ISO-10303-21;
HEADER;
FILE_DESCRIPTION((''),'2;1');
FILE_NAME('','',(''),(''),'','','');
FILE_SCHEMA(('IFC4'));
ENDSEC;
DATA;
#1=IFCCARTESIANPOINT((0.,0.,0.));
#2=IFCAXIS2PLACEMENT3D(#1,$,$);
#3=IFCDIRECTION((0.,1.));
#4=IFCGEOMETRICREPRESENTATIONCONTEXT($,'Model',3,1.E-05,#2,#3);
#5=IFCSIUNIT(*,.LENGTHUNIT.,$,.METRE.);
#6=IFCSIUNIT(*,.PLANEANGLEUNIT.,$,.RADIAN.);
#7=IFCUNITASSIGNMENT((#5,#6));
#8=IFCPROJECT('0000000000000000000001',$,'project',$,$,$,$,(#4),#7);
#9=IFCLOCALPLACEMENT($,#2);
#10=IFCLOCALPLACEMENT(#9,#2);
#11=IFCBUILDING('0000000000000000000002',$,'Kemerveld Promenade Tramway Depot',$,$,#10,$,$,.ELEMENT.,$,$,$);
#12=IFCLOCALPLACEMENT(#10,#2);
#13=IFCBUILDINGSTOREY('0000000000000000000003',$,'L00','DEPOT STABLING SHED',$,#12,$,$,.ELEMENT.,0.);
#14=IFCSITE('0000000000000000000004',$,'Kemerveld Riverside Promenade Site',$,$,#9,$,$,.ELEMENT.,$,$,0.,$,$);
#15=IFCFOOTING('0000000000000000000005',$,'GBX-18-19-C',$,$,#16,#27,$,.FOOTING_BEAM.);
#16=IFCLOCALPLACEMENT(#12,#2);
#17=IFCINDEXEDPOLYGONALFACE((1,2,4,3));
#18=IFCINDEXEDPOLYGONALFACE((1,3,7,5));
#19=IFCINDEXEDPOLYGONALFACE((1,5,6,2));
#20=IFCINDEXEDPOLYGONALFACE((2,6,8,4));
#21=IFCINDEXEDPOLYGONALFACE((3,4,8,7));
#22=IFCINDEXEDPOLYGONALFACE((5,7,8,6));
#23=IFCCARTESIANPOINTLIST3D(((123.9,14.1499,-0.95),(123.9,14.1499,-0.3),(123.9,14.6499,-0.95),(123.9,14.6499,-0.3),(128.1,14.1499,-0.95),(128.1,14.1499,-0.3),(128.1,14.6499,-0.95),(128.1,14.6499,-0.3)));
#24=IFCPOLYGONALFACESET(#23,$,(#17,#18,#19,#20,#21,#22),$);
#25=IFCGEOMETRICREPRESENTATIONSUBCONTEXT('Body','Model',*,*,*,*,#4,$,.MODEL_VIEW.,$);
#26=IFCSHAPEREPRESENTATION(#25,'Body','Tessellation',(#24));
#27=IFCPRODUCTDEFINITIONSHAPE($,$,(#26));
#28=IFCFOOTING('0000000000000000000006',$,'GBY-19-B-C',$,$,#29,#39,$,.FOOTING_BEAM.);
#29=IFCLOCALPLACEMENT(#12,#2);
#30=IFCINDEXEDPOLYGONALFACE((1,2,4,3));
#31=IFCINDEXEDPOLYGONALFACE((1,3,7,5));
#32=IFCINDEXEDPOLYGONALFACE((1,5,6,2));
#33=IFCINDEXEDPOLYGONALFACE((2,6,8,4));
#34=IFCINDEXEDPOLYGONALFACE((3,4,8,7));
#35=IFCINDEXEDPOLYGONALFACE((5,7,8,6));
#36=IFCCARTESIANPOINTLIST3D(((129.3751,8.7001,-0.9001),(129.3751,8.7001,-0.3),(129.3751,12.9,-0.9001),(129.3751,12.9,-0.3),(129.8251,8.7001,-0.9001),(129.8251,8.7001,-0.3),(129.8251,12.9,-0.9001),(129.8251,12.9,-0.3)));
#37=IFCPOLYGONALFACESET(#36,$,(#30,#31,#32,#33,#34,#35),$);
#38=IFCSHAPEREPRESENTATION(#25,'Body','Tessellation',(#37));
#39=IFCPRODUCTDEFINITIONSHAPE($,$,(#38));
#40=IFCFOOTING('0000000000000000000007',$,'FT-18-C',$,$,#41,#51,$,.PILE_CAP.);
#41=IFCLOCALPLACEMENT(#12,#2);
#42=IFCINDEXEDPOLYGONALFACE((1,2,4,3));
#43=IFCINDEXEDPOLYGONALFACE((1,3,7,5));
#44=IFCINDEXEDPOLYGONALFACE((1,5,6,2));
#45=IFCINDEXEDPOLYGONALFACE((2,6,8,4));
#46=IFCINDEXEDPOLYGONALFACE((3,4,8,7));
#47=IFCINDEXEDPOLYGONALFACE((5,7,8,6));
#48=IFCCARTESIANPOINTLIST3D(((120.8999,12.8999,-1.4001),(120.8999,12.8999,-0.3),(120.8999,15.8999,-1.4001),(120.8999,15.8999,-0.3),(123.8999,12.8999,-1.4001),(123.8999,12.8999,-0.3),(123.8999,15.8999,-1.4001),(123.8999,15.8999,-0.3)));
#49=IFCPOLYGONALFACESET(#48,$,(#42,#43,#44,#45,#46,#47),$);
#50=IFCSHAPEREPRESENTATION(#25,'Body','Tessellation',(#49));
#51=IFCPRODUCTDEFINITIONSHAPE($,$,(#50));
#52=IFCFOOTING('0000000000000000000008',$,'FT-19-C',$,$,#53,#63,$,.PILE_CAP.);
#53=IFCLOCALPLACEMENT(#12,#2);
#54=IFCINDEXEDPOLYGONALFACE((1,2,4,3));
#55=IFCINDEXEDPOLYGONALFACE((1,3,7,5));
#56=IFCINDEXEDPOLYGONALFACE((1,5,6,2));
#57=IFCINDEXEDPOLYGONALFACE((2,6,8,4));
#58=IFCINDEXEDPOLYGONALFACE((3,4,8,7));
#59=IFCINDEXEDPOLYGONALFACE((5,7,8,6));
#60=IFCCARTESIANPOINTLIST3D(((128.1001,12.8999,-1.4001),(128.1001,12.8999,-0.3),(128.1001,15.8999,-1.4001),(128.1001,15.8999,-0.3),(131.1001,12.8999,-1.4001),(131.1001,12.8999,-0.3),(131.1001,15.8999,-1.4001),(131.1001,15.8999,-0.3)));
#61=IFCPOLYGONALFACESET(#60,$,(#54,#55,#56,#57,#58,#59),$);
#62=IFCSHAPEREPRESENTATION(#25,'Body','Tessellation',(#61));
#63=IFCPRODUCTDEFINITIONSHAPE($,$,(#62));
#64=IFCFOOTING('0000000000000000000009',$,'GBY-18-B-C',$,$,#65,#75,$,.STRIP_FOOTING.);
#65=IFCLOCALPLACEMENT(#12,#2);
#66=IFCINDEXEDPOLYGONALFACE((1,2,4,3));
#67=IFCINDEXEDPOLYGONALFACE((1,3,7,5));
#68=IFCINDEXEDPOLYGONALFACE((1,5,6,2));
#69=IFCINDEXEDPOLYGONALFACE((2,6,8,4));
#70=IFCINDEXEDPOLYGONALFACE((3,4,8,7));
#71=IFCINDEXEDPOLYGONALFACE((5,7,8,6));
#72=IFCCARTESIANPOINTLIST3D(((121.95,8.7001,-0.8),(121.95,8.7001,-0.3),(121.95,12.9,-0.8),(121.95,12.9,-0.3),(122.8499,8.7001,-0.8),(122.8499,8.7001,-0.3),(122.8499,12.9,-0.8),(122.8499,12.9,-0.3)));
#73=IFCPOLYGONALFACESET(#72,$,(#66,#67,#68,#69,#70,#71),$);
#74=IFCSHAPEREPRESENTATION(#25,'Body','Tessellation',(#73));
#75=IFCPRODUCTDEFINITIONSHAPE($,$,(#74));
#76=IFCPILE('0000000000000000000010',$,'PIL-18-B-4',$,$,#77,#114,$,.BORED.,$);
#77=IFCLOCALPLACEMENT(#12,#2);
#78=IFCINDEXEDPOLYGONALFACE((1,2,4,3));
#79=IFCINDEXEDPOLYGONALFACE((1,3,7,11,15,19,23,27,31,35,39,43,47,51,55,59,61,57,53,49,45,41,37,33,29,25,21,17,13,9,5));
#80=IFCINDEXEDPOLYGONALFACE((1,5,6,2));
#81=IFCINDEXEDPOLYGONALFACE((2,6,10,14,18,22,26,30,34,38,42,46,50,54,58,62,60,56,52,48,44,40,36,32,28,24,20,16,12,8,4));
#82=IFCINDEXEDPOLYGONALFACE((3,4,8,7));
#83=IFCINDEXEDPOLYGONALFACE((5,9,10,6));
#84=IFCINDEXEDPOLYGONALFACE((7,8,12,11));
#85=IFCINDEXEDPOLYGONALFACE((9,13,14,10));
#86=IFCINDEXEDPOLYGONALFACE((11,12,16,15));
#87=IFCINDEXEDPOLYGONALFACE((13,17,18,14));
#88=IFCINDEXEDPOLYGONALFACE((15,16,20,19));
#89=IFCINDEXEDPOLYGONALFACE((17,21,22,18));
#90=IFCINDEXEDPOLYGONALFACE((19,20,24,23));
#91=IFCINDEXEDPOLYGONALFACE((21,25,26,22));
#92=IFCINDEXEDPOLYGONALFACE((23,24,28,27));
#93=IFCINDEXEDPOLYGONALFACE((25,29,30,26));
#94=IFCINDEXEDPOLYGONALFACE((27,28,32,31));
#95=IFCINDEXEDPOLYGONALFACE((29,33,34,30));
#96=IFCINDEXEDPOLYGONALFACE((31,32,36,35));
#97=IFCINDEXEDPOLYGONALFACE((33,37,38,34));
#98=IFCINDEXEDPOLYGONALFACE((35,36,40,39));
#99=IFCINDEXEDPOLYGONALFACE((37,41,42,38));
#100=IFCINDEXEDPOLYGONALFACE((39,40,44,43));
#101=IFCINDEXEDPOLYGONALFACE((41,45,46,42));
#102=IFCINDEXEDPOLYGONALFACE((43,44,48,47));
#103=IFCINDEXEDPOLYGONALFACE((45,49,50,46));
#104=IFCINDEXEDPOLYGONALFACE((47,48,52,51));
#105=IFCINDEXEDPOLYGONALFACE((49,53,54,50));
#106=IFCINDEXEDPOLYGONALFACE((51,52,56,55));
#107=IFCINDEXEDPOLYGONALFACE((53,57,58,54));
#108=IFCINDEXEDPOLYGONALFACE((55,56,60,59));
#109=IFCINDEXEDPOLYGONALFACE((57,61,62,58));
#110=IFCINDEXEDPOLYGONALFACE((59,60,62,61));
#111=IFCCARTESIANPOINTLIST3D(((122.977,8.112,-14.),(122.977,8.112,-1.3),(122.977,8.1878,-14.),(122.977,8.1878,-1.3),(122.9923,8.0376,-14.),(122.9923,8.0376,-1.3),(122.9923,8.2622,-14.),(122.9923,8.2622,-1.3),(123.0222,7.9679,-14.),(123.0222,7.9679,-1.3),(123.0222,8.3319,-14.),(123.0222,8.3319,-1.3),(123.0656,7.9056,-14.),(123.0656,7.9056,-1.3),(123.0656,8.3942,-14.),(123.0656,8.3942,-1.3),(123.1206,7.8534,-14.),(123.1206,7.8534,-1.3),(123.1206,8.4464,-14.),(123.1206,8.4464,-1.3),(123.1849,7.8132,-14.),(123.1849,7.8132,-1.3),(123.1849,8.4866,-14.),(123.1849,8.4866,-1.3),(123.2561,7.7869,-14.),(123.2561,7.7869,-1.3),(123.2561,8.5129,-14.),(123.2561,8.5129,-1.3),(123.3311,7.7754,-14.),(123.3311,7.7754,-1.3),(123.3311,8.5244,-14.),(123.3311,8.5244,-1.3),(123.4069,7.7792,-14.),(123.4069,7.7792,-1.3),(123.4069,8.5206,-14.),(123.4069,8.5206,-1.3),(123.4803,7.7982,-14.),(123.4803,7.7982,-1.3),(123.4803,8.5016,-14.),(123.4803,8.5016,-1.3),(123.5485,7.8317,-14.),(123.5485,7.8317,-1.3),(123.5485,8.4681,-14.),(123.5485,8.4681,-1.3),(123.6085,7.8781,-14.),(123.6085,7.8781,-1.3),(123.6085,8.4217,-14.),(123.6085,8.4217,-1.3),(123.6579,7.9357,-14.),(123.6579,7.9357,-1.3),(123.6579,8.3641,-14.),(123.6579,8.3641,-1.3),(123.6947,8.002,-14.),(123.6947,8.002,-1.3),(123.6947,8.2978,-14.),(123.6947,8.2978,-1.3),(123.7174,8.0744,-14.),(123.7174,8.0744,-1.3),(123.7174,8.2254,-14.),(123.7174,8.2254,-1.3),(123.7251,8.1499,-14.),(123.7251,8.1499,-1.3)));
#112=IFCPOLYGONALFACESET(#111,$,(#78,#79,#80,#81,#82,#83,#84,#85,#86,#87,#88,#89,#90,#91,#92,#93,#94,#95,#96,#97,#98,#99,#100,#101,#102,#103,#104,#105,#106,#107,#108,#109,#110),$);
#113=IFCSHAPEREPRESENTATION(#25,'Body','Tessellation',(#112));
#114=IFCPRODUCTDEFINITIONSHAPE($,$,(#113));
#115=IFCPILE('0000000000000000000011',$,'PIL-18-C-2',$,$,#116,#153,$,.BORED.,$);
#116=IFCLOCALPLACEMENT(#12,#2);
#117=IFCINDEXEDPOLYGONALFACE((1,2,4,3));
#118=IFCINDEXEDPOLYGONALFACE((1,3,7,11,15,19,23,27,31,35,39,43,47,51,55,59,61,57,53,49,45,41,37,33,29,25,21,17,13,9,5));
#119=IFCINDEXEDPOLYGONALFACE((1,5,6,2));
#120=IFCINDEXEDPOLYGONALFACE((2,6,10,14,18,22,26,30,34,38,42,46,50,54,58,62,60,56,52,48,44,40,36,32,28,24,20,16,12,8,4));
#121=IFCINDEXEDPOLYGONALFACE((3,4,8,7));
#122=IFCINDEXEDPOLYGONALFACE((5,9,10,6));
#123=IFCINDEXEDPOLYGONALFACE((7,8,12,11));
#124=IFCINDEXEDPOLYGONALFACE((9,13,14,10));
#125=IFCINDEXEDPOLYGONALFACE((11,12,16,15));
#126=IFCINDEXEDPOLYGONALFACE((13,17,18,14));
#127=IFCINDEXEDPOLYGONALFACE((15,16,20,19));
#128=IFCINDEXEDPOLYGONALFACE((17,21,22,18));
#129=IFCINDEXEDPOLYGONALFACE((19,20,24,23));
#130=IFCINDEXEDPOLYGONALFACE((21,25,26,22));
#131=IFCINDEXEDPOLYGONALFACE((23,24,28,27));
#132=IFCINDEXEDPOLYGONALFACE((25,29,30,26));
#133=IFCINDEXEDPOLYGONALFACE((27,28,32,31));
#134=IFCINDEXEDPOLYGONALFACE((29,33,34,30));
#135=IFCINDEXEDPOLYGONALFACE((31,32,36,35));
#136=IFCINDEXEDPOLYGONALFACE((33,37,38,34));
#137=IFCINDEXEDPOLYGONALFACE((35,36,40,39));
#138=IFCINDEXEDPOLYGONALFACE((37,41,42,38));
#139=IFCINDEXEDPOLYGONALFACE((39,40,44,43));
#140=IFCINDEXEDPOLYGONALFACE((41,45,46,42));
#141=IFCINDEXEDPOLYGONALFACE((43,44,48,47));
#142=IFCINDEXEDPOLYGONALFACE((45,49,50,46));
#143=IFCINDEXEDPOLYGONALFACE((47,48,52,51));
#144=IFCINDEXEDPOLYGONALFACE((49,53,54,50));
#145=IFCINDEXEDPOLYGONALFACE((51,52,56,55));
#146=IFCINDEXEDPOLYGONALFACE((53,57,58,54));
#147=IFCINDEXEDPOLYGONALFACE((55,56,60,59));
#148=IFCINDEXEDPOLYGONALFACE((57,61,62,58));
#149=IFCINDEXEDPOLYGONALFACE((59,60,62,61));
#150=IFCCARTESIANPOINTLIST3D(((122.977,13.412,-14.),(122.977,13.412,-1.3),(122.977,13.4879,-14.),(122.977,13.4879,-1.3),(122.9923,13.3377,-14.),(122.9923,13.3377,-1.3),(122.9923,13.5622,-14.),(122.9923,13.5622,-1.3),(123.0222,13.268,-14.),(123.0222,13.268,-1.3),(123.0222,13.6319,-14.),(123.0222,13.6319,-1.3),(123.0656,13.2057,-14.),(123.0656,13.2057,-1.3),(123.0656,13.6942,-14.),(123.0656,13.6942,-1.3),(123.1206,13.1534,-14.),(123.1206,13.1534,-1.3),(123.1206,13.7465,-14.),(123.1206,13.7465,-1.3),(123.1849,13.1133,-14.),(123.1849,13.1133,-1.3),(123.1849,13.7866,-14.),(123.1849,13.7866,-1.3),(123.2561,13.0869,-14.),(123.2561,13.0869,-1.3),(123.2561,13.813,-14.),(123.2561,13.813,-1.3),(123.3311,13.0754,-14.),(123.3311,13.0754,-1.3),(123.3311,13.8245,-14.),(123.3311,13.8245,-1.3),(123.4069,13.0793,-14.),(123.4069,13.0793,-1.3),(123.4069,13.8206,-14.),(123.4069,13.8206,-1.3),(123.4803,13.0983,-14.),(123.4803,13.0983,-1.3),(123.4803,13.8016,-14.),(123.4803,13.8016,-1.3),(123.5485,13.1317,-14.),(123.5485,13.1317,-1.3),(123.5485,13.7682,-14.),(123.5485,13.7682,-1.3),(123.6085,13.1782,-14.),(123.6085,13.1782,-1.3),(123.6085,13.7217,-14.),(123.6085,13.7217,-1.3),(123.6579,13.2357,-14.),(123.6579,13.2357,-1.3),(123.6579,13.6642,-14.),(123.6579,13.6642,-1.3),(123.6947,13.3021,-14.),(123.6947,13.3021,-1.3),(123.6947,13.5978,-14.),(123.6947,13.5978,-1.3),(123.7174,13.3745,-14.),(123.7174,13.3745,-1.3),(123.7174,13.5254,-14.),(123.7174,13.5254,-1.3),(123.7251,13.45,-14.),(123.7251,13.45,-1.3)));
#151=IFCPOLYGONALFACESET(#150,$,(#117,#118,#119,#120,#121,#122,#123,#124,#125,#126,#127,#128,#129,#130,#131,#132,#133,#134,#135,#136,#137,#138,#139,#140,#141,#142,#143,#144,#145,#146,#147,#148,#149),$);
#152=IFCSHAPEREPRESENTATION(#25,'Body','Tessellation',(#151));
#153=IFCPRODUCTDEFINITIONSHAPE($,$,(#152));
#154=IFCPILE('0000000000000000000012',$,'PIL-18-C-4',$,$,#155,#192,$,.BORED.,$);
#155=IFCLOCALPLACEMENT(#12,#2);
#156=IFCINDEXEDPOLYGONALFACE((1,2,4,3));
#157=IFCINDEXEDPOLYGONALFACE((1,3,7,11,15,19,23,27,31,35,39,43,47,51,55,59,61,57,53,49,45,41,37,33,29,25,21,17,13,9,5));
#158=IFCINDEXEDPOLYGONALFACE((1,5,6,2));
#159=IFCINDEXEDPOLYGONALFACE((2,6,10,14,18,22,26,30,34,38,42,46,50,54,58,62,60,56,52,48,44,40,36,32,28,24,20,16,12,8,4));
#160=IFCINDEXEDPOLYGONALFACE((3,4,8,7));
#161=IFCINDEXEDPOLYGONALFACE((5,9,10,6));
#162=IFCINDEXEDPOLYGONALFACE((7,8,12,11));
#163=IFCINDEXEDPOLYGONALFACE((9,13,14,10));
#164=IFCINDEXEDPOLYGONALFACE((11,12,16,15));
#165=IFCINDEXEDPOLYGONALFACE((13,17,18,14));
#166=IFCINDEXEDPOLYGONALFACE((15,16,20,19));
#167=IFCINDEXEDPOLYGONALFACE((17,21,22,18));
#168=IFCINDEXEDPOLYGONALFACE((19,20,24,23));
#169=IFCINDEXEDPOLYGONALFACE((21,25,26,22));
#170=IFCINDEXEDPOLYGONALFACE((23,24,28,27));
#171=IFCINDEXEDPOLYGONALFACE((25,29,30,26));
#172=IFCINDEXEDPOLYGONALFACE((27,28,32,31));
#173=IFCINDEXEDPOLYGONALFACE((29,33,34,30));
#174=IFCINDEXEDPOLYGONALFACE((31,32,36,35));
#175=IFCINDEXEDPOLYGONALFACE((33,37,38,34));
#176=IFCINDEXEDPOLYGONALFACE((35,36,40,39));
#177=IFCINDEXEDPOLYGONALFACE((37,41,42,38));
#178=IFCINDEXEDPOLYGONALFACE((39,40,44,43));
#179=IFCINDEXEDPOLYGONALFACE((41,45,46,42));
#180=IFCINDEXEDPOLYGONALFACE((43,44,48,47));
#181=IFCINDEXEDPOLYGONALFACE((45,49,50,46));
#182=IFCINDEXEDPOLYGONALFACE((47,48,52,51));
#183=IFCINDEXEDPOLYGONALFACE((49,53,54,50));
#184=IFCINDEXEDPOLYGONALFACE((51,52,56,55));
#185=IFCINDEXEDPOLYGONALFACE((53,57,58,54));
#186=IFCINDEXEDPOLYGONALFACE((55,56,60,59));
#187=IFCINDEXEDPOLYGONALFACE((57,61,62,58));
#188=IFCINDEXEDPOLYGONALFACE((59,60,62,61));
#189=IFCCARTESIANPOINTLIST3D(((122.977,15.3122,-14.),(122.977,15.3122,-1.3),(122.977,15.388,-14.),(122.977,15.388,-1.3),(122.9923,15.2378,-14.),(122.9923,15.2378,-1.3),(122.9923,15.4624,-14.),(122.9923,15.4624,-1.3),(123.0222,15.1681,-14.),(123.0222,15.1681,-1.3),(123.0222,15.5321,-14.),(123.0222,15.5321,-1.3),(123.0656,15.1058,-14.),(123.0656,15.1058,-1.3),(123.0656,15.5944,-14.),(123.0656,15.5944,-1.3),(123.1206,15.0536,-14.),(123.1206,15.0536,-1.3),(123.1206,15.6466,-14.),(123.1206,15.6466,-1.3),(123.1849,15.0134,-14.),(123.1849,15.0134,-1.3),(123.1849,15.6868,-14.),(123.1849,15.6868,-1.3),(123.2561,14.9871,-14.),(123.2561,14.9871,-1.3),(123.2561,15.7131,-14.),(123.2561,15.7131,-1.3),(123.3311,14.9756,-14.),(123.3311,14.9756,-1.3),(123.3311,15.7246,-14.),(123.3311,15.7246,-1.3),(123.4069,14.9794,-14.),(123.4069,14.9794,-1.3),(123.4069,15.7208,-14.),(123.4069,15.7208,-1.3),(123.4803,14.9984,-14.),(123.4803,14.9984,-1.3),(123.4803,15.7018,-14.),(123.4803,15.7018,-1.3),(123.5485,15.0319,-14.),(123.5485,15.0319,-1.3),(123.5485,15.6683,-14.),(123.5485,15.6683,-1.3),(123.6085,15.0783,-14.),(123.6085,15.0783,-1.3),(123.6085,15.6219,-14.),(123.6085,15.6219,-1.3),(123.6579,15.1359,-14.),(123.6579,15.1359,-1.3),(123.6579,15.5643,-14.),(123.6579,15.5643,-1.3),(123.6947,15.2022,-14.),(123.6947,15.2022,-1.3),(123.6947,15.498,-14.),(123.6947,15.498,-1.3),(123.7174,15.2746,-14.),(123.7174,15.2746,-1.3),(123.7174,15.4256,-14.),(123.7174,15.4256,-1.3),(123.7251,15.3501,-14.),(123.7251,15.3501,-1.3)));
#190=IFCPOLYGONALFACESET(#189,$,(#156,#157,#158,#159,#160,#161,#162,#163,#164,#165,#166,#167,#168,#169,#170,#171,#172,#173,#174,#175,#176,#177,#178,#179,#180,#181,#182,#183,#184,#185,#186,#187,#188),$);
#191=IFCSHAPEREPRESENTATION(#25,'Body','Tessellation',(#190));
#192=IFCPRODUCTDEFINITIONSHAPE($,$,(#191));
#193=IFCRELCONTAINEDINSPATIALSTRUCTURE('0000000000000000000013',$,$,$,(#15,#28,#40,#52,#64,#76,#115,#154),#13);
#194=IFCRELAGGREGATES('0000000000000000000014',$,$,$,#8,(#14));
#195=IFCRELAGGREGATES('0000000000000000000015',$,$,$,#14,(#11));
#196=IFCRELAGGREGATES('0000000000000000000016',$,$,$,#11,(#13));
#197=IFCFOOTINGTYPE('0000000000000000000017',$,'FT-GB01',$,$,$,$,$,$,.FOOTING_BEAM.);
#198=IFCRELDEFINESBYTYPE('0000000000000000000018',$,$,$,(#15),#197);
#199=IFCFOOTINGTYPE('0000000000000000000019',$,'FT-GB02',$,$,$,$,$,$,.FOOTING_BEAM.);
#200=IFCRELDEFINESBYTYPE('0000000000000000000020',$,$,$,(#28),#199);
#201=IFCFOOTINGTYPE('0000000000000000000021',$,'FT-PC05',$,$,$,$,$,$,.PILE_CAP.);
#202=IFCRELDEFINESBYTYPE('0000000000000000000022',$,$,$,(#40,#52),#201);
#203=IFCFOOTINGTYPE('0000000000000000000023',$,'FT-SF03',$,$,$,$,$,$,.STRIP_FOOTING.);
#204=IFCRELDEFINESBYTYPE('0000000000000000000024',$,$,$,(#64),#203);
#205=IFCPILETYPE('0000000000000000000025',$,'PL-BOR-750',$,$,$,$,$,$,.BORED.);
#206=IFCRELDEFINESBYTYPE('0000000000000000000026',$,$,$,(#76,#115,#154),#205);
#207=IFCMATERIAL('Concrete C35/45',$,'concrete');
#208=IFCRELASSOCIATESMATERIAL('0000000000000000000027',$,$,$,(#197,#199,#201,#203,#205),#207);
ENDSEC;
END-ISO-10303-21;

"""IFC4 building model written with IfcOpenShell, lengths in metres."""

from ifc_helpers import new_model, si_unit, direction, frame, origin, origin_2d, place, context, subcontext, project, spatial, rectangle, circle, extrude, material, material_profile, profile_set, type_object, element, save


model = new_model("IFC4")

# Units and contexts
model_context = context("Model", 3, precision=1e-05, world=origin(), true_north=direction((0.0, 1.0)))
body_context = subcontext(model_context, "Body", "Model", "MODEL_VIEW")
ifc_project = project(units=[si_unit("LENGTHUNIT", "METRE"), si_unit("PLANEANGLEUNIT", "RADIAN")], contexts=[model_context])

# Site, building, storey
site_placement = place(None, origin())
site = spatial("IfcSite", under=ifc_project, at=site_placement, Name="Kemerveld Riverside Promenade Site", CompositionType="ELEMENT", RefElevation=0.0)
building_placement = place(site_placement, origin())
building = spatial("IfcBuilding", under=site, at=building_placement, Name="Kemerveld Promenade Tramway Depot", CompositionType="ELEMENT")
storey_placement = place(building_placement, origin())
storey = spatial("IfcBuildingStorey", under=building, at=storey_placement, Name="L00", Description="DEPOT STABLING SHED", CompositionType="ELEMENT", Elevation=0.0)

# Footings
ifc_material_1 = material(Name="Concrete C35/45", Category="concrete")
footing_type_1 = type_object("IfcFootingType", Name="FT-GB01", PredefinedType="FOOTING_BEAM", material=ifc_material_1)
footing_1_placement = place(storey_placement, frame((126.0, 14.3999, -0.95), z_axis=(0.0, 0.0, 1.0), x_axis=(1.0, 0.0, 0.0)))
element("IfcFooting", 1, at=footing_1_placement, inside=storey, type_object=footing_type_1, Name="GBX-18-19-C", PredefinedType="FOOTING_BEAM", context=body_context, shape_type="SweptSolid", body=[
    extrude(rectangle(XDim=4.2, YDim=0.5, at=origin_2d()), origin(), (0.0, 0.0, 1.0), 0.6499),
])
footing_type_2 = type_object("IfcFootingType", Name="FT-GB02", PredefinedType="FOOTING_BEAM", material=ifc_material_1)
footing_2_placement = place(storey_placement, frame((129.6001, 10.8, -0.9001), z_axis=(0.0, 0.0, 1.0), x_axis=(0.0, 1.0, 0.0)))
element("IfcFooting", 2, at=footing_2_placement, inside=storey, type_object=footing_type_2, Name="GBY-19-B-C", PredefinedType="FOOTING_BEAM", context=body_context, shape_type="SweptSolid", body=[
    extrude(rectangle(XDim=4.2, YDim=0.45, at=origin_2d()), origin(), (0.0, 0.0, 1.0), 0.6001),
])
footing_type_3 = type_object("IfcFootingType", Name="FT-PC05", PredefinedType="PILE_CAP", material=ifc_material_1)
for number, where, z_axis, x_axis, name in (
    (3, (122.3999, 14.3999, -1.4001), (0.0, 0.0, 1.0), (1.0, 0.0, 0.0), "FT-18-C"),
    (4, (129.6001, 14.3999, -1.4001), (0.0, 0.0, 1.0), (1.0, 0.0, 0.0), "FT-19-C"),
):
    element("IfcFooting", number, at=place(storey_placement, frame(where, z_axis=z_axis, x_axis=x_axis)), inside=storey, type_object=footing_type_3, Name=name, PredefinedType="PILE_CAP", context=body_context, shape_type="SweptSolid", body=[
        extrude(rectangle(XDim=3.0, YDim=3.0, at=origin_2d()), origin(), (0.0, 0.0, 1.0), 1.1001),
    ])
footing_type_4 = type_object("IfcFootingType", Name="FT-SF03", PredefinedType="STRIP_FOOTING", material=ifc_material_1)
footing_3_placement = place(storey_placement, frame((122.3999, 10.8, -0.8), z_axis=(0.0, 0.0, 1.0), x_axis=(0.0, 1.0, 0.0)))
element("IfcFooting", 5, at=footing_3_placement, inside=storey, type_object=footing_type_4, Name="GBY-18-B-C", PredefinedType="STRIP_FOOTING", context=body_context, shape_type="SweptSolid", body=[
    extrude(rectangle(XDim=4.2, YDim=0.8999, at=origin_2d()), origin(), (0.0, 0.0, 1.0), 0.5),
])

# Piles
ifc_material_profile_1 = material_profile(ifc_material_1, circle(Radius=0.375, at=origin_2d()), Name="PILE-D750")
ifc_profile_set_1 = profile_set([ifc_material_profile_1], Name="Concrete C35/45")
pile_type = type_object("IfcPileType", Name="PL-BOR-750", PredefinedType="BORED", material=ifc_profile_set_1)
for number, where, z_axis, x_axis, name in (
    (6, (123.3501, 8.1499, -1.3), (0.0, 0.0, -1.0), (1.0, 0.0, 0.0), "PIL-18-B-4"),
    (7, (123.3501, 13.45, -1.3), (0.0, 0.0, -1.0), (1.0, 0.0, 0.0), "PIL-18-C-2"),
    (8, (123.3501, 15.3501, -1.3), (0.0, 0.0, -1.0), (1.0, 0.0, 0.0), "PIL-18-C-4"),
):
    element("IfcPile", number, at=place(storey_placement, frame(where, z_axis=z_axis, x_axis=x_axis)), inside=storey, type_object=pile_type, Name=name, PredefinedType="BORED", context=body_context, shape_type="SweptSolid", body=[
        extrude(circle(Radius=0.375, at=origin_2d()), origin(), (0.0, 0.0, 1.0), 12.7),
    ])

save(model, "model.ifc")
